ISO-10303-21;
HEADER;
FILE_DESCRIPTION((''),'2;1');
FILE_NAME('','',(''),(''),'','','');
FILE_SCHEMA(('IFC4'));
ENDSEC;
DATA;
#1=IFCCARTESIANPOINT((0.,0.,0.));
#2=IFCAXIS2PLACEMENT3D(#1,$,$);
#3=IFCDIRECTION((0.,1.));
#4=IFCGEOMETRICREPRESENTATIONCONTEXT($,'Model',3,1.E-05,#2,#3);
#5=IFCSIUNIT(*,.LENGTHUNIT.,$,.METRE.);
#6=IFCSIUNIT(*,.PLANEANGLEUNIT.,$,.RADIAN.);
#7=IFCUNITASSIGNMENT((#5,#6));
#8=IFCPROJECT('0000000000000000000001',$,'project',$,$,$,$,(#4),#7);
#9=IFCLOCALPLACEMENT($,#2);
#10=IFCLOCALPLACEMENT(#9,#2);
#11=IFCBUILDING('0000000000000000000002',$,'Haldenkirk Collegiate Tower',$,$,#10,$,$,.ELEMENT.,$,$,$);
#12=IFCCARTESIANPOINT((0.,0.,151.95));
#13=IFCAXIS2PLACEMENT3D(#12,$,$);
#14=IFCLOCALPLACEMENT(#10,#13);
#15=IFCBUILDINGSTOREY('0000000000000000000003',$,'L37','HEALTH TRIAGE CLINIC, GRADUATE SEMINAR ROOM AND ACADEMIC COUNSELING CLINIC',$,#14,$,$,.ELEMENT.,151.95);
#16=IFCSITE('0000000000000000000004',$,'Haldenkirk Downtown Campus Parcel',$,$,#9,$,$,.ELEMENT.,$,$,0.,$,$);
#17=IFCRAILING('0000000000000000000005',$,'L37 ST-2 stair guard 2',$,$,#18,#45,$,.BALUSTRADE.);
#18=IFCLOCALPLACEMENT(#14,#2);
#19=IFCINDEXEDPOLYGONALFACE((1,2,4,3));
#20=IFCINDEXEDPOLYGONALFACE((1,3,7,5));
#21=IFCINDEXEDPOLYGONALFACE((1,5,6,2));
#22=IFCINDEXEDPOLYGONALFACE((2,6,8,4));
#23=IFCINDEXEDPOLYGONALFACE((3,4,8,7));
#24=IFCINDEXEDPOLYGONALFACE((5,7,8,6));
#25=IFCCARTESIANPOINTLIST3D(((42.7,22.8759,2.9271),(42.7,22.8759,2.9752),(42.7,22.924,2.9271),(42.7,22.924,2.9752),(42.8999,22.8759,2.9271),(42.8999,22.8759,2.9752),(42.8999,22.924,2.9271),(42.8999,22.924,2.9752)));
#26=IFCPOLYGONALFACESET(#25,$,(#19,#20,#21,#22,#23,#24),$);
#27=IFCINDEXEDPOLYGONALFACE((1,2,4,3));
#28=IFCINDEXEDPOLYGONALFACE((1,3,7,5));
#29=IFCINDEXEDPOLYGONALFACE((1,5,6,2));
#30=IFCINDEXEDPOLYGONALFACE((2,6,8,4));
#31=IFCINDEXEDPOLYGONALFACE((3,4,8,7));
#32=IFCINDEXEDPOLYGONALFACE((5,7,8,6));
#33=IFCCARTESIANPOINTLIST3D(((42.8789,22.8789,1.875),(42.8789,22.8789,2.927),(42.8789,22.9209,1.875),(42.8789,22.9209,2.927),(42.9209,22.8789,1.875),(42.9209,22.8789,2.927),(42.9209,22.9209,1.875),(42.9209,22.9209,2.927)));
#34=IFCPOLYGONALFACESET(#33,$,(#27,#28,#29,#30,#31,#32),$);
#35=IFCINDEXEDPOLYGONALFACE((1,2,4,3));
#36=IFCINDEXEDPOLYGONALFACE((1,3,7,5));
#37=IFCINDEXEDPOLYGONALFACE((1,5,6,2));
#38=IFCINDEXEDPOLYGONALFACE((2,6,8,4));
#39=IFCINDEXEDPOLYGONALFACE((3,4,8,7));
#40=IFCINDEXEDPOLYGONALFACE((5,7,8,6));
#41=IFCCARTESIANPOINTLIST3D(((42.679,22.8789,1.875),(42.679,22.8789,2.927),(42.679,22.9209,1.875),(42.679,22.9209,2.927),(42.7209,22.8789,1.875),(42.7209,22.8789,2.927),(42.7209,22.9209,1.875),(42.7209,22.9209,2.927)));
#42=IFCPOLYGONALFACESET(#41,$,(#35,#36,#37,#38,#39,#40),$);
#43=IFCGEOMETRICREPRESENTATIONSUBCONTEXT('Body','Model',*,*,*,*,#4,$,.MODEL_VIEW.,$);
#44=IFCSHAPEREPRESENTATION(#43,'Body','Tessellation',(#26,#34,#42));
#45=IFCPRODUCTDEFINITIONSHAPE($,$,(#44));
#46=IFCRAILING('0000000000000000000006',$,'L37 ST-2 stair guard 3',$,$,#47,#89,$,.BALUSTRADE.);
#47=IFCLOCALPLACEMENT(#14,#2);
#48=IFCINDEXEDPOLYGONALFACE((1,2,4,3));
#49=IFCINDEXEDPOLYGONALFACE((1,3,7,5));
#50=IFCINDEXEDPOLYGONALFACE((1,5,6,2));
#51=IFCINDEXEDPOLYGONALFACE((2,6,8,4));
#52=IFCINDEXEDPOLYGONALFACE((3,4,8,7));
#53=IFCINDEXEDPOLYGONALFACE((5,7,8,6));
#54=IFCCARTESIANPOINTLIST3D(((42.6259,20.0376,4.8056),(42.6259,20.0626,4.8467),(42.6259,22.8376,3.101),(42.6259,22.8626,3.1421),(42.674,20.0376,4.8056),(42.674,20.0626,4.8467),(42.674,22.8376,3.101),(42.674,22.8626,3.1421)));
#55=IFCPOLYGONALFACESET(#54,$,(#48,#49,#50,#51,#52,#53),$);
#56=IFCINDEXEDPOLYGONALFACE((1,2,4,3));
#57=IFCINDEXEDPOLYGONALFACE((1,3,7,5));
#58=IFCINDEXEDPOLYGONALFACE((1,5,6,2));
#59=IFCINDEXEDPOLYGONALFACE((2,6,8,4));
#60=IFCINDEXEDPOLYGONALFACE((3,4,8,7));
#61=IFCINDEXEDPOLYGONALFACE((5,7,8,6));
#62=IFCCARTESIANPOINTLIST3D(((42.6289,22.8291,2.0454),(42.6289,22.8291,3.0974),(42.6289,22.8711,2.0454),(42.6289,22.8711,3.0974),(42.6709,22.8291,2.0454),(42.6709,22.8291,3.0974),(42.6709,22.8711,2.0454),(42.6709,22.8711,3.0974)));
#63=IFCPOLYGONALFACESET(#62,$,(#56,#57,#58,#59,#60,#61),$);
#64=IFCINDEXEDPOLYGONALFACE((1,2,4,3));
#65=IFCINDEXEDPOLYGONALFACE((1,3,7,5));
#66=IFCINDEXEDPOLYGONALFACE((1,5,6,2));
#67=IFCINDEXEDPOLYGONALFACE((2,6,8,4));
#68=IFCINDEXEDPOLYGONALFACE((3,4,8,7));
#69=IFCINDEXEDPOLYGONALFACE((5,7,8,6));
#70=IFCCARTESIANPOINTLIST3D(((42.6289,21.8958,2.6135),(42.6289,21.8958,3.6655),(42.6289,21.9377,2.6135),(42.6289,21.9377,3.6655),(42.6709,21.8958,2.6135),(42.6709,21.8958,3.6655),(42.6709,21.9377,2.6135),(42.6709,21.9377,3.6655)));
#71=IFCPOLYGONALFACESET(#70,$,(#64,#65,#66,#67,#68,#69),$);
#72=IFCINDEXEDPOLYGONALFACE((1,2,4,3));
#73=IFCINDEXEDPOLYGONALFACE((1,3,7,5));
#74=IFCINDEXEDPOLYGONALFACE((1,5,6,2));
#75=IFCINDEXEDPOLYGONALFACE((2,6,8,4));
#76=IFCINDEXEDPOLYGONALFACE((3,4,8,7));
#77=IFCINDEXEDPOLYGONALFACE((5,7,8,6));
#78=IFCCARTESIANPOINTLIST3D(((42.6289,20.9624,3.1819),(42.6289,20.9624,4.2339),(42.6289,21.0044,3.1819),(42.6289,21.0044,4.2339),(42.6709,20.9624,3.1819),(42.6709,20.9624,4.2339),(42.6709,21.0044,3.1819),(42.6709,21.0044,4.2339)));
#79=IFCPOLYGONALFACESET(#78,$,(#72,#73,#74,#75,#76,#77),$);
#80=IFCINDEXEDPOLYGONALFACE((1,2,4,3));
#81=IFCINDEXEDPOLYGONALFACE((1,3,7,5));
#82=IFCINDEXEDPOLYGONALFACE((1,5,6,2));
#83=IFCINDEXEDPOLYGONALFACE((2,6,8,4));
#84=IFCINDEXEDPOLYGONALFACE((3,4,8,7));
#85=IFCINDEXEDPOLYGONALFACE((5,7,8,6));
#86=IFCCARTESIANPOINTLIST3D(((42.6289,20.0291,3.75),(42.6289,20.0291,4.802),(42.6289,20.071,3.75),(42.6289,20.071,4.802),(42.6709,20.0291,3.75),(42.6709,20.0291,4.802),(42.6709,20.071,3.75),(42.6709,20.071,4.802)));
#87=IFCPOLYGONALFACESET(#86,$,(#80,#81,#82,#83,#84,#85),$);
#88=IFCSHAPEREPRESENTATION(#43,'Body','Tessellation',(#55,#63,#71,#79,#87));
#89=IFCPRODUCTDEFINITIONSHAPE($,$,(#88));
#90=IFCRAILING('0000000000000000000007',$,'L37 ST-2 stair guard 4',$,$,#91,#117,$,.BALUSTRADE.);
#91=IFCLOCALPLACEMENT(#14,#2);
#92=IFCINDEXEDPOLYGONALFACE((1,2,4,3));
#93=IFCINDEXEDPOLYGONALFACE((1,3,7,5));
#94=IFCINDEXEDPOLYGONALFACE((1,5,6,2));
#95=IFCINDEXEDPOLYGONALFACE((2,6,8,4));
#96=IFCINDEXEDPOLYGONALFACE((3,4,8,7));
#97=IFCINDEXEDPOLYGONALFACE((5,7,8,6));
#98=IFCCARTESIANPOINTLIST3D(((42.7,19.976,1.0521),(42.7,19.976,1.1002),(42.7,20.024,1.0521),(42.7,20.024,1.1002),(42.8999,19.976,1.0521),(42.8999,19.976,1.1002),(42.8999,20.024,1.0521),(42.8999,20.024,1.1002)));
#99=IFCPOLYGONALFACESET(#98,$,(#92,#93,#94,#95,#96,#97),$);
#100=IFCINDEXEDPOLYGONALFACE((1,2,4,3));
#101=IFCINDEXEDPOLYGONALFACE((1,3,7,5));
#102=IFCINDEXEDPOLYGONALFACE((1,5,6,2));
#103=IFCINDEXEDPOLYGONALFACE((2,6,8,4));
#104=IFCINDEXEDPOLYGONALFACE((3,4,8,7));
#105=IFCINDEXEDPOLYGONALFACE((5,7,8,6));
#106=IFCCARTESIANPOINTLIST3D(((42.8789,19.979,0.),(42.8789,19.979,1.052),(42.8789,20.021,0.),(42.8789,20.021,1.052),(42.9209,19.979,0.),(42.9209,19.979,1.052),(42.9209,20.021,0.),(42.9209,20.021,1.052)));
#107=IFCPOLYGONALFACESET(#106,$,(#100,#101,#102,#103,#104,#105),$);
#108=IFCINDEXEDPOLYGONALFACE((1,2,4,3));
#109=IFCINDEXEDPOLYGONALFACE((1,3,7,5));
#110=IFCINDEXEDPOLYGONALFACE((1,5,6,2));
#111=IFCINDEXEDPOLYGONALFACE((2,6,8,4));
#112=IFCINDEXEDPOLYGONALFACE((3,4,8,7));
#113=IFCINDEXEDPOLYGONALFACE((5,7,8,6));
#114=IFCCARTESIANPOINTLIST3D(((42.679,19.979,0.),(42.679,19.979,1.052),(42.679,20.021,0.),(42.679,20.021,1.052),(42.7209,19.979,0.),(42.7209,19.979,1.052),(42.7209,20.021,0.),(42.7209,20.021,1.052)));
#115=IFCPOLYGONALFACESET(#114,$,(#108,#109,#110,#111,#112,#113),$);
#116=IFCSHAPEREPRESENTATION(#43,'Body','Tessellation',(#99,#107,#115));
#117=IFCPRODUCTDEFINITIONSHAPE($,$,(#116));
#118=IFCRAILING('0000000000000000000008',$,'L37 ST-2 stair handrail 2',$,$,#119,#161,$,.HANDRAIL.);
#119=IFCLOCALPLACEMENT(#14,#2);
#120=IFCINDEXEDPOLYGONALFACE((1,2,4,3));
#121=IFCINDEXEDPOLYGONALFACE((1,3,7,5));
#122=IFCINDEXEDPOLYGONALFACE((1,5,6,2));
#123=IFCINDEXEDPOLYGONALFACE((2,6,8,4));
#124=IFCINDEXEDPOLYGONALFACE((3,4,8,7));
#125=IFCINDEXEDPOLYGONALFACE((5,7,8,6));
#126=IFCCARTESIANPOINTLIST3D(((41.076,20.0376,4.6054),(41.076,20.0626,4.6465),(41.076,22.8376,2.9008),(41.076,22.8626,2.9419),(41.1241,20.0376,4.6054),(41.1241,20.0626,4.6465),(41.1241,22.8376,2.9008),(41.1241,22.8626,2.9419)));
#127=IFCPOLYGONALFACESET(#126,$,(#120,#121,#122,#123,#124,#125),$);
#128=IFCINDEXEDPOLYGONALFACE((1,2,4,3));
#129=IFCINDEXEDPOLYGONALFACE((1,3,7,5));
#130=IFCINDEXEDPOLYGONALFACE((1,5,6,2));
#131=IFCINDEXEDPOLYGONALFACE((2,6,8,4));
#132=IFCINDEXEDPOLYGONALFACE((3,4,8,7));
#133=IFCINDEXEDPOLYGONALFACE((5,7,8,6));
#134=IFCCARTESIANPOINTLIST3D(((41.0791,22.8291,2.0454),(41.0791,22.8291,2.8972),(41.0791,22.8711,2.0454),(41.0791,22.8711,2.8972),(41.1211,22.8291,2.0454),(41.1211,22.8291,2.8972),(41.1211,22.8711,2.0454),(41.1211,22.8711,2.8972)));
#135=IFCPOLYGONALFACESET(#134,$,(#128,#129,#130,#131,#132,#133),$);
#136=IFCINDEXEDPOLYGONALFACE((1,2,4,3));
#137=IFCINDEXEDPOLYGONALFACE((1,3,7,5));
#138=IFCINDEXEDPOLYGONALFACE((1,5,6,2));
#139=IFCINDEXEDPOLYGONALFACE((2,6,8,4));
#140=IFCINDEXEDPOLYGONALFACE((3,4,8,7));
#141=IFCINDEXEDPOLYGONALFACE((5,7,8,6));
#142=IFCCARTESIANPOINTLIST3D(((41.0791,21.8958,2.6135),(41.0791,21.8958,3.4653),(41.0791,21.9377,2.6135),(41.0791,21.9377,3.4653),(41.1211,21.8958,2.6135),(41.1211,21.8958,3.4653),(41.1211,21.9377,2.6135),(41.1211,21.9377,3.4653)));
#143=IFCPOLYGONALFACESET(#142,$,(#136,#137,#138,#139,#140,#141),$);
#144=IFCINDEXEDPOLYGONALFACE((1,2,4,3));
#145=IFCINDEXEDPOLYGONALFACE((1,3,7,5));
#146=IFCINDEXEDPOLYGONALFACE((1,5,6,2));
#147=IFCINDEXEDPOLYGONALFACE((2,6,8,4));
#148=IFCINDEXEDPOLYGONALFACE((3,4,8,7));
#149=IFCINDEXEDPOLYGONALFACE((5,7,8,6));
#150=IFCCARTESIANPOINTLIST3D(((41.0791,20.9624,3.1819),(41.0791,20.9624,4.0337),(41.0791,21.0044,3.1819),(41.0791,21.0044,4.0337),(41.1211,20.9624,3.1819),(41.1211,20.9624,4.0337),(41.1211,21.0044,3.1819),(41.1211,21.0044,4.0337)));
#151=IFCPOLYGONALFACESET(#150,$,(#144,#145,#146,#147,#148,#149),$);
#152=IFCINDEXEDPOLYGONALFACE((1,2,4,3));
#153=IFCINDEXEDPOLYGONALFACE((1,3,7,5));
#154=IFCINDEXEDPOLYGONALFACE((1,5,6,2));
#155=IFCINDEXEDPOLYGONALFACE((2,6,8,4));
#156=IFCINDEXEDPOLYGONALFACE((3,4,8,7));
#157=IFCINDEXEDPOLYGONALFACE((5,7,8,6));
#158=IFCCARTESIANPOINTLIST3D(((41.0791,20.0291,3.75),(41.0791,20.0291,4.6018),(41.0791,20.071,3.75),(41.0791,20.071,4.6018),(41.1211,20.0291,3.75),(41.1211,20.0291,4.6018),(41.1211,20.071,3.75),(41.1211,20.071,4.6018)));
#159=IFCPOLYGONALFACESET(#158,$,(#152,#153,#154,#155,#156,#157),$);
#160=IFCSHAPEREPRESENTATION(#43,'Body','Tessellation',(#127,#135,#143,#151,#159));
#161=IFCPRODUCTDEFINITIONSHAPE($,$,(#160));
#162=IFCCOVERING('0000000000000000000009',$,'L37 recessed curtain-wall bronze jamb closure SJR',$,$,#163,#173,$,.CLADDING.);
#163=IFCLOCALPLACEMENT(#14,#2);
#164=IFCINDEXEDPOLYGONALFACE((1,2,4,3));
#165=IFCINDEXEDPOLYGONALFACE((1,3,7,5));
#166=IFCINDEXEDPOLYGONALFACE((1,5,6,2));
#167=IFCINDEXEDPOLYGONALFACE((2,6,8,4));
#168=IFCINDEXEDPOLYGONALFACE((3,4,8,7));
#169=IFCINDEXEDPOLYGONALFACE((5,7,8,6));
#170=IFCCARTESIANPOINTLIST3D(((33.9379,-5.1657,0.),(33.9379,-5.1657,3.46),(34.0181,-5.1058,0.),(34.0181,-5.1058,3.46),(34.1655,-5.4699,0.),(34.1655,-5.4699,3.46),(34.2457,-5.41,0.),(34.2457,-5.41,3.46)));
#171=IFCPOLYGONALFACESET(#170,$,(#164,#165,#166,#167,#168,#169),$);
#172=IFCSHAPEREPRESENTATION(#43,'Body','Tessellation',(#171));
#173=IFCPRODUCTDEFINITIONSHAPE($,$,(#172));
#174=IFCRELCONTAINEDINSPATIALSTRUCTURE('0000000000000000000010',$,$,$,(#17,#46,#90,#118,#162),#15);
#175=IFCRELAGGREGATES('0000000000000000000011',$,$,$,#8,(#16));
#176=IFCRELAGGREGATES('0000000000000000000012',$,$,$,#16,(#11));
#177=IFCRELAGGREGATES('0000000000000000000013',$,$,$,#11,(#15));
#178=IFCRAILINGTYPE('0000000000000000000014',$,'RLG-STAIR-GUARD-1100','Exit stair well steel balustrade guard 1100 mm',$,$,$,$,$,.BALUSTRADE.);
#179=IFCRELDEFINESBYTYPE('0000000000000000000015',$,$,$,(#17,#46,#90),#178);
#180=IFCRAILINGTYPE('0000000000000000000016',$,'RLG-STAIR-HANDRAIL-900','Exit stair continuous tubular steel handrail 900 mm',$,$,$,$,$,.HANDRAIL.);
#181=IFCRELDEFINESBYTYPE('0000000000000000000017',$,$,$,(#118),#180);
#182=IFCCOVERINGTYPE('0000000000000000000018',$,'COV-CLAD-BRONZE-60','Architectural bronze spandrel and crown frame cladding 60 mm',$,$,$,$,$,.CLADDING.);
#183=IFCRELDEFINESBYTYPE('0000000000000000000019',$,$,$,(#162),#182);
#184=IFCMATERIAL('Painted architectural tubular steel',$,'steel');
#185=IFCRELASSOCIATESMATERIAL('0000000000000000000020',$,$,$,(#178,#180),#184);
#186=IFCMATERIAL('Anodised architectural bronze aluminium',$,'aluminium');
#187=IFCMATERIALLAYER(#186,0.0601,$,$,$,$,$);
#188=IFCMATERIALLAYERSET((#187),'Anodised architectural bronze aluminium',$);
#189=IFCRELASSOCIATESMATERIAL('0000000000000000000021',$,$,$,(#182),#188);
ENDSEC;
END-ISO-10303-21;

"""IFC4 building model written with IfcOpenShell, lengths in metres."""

from ifc_helpers import new_model, si_unit, direction, frame, origin, origin_2d, place, context, subcontext, project, spatial, rectangle, extrude, source, transform, mapped, material, layer, layer_set, type_object, element, save


model = new_model("IFC4")

# Units and contexts
model_context = context("Model", 3, precision=1e-05, world=origin(), true_north=direction((0.0, 1.0)))
body_context = subcontext(model_context, "Body", "Model", "MODEL_VIEW")
ifc_project = project(units=[si_unit("LENGTHUNIT", "METRE"), si_unit("PLANEANGLEUNIT", "RADIAN")], contexts=[model_context])

# Site, building, storey
site_placement = place(None, origin())
site = spatial("IfcSite", under=ifc_project, at=site_placement, Name="Haldenkirk Downtown Campus Parcel", CompositionType="ELEMENT", RefElevation=0.0)
building_placement = place(site_placement, origin())
building = spatial("IfcBuilding", under=site, at=building_placement, Name="Haldenkirk Collegiate Tower", CompositionType="ELEMENT")
storey_placement = place(building_placement, frame((0.0, 0.0, 151.95)))
storey = spatial("IfcBuildingStorey", under=building, at=storey_placement, Name="L37", Description="HEALTH TRIAGE CLINIC, GRADUATE SEMINAR ROOM AND ACADEMIC COUNSELING CLINIC", CompositionType="ELEMENT", Elevation=151.95)

# Shared definitions
ifc_material_1 = material(Name="Anodised architectural bronze aluminium", Category="aluminium")

# Railings
ifc_material_2 = material(Name="Painted architectural tubular steel", Category="steel")
railing_type_1 = type_object("IfcRailingType", Name="RLG-STAIR-GUARD-1100", Description="Exit stair well steel balustrade guard 1100 mm", PredefinedType="BALUSTRADE", material=ifc_material_2)
railing_1_placement = place(storey_placement, frame((42.8999, 22.8999, 1.875)))
element("IfcRailing", 1, at=railing_1_placement, inside=storey, type_object=railing_type_1, Name="L37 ST-2 stair guard 2", PredefinedType="BALUSTRADE", context=body_context, shape_type="SweptSolid", body=[
    extrude(rectangle(XDim=0.0481, YDim=0.0481, at=origin_2d()), frame((0.0, 0.0, 1.0762), z_axis=(-1.0, 0.0, 0.0), x_axis=(0.0, -1.0, 0.0)), (0.0, 0.0, 1.0), 0.2),
    extrude(rectangle(XDim=0.042, YDim=0.042, at=origin_2d()), origin(), (0.0, 0.0, 1.0), 1.052),
    extrude(rectangle(XDim=0.042, YDim=0.042, at=origin_2d()), frame((-0.2, 0.0, 0.0)), (0.0, 0.0, 1.0), 1.052),
])
railing_2_placement = place(storey_placement, frame((42.6499, 22.8501, 2.0454)))
element("IfcRailing", 2, at=railing_2_placement, inside=storey, type_object=railing_type_1, Name="L37 ST-2 stair guard 3", PredefinedType="BALUSTRADE", context=body_context, shape_type="SweptSolid", body=[
    extrude(rectangle(XDim=0.0481, YDim=0.0481, at=origin_2d()), frame((0.0, 0.0, 1.0762), z_axis=(0.0, -0.85417, 0.519994), x_axis=(1.0, 0.0, 0.0)), (0.0, 0.0, 1.0), 3.2781),
    extrude(rectangle(XDim=0.042, YDim=0.042, at=origin_2d()), origin(), (0.0, 0.0, 1.0), 1.052),
    extrude(rectangle(XDim=0.042, YDim=0.042, at=origin_2d()), frame((0.0, -0.9333, 0.5681)), (0.0, 0.0, 1.0), 1.052),
    extrude(rectangle(XDim=0.042, YDim=0.042, at=origin_2d()), frame((0.0, -1.8667, 1.1365)), (0.0, 0.0, 1.0), 1.052),
    extrude(rectangle(XDim=0.042, YDim=0.042, at=origin_2d()), frame((0.0, -2.8, 1.7046)), (0.0, 0.0, 1.0), 1.052),
])
railing_3_placement = place(storey_placement, frame((42.8999, 20.0, 0.0)))
element("IfcRailing", 3, at=railing_3_placement, inside=storey, type_object=railing_type_1, Name="L37 ST-2 stair guard 4", PredefinedType="BALUSTRADE", context=body_context, shape_type="SweptSolid", body=[
    extrude(rectangle(XDim=0.0481, YDim=0.0481, at=origin_2d()), frame((0.0, 0.0, 1.0762), z_axis=(-1.0, 0.0, 0.0), x_axis=(0.0, -1.0, 0.0)), (0.0, 0.0, 1.0), 0.2),
    extrude(rectangle(XDim=0.042, YDim=0.042, at=origin_2d()), origin(), (0.0, 0.0, 1.0), 1.052),
    extrude(rectangle(XDim=0.042, YDim=0.042, at=origin_2d()), frame((-0.2, 0.0, 0.0)), (0.0, 0.0, 1.0), 1.052),
])
railing_type_2 = type_object("IfcRailingType", Name="RLG-STAIR-HANDRAIL-900", Description="Exit stair continuous tubular steel handrail 900 mm", PredefinedType="HANDRAIL", material=ifc_material_2)
railing_4_placement = place(storey_placement, frame((41.1001, 22.8501, 2.0454)))
element("IfcRailing", 4, at=railing_4_placement, inside=storey, type_object=railing_type_2, Name="L37 ST-2 stair handrail 2", PredefinedType="HANDRAIL", context=body_context, shape_type="SweptSolid", body=[
    extrude(rectangle(XDim=0.0481, YDim=0.0481, at=origin_2d()), frame((0.0, 0.0, 0.876), z_axis=(0.0, -0.85417, 0.519994), x_axis=(1.0, 0.0, 0.0)), (0.0, 0.0, 1.0), 3.2781),
    extrude(rectangle(XDim=0.042, YDim=0.042, at=origin_2d()), origin(), (0.0, 0.0, 1.0), 0.8518),
    extrude(rectangle(XDim=0.042, YDim=0.042, at=origin_2d()), frame((0.0, -0.9333, 0.5681)), (0.0, 0.0, 1.0), 0.8518),
    extrude(rectangle(XDim=0.042, YDim=0.042, at=origin_2d()), frame((0.0, -1.8667, 1.1365)), (0.0, 0.0, 1.0), 0.8518),
    extrude(rectangle(XDim=0.042, YDim=0.042, at=origin_2d()), frame((0.0, -2.8, 1.7046)), (0.0, 0.0, 1.0), 0.8518),
])

# Covering
ifc_layer_1 = layer(ifc_material_1, 0.0601)
ifc_layer_set_1 = layer_set([ifc_layer_1], Name="Anodised architectural bronze aluminium")
covering_type = type_object("IfcCoveringType", Name="COV-CLAD-BRONZE-60", Description="Architectural bronze spandrel and crown frame cladding 60 mm", PredefinedType="CLADDING", material=ifc_layer_set_1)
shared_shape_1 = source(origin(), body_context, "Body", "SweptSolid", [
    extrude(rectangle(XDim=0.1001, YDim=0.3799, at=origin_2d()), origin(), (0.0, 0.0, 1.0), 3.46),
])
covering_placement = place(storey_placement, frame((34.0918, -5.2878, 0.0), z_axis=(0.0, 0.0, 1.0), x_axis=(-0.800731, -0.599024, 0.0)))
element("IfcCovering", 5, at=covering_placement, inside=storey, type_object=covering_type, Name="L37 recessed curtain-wall bronze jamb closure SJR", PredefinedType="CLADDING", context=body_context, shape_type="MappedRepresentation", body=[
    mapped(shared_shape_1, transform((0.0, 0.0, 0.0), x_axis=(1.0, 0.0, 0.0), y_axis=(0.0, 1.0, 0.0), z_axis=(0.0, 0.0, 1.0), scale=1.0)),
])

save(model, "model.ifc")
